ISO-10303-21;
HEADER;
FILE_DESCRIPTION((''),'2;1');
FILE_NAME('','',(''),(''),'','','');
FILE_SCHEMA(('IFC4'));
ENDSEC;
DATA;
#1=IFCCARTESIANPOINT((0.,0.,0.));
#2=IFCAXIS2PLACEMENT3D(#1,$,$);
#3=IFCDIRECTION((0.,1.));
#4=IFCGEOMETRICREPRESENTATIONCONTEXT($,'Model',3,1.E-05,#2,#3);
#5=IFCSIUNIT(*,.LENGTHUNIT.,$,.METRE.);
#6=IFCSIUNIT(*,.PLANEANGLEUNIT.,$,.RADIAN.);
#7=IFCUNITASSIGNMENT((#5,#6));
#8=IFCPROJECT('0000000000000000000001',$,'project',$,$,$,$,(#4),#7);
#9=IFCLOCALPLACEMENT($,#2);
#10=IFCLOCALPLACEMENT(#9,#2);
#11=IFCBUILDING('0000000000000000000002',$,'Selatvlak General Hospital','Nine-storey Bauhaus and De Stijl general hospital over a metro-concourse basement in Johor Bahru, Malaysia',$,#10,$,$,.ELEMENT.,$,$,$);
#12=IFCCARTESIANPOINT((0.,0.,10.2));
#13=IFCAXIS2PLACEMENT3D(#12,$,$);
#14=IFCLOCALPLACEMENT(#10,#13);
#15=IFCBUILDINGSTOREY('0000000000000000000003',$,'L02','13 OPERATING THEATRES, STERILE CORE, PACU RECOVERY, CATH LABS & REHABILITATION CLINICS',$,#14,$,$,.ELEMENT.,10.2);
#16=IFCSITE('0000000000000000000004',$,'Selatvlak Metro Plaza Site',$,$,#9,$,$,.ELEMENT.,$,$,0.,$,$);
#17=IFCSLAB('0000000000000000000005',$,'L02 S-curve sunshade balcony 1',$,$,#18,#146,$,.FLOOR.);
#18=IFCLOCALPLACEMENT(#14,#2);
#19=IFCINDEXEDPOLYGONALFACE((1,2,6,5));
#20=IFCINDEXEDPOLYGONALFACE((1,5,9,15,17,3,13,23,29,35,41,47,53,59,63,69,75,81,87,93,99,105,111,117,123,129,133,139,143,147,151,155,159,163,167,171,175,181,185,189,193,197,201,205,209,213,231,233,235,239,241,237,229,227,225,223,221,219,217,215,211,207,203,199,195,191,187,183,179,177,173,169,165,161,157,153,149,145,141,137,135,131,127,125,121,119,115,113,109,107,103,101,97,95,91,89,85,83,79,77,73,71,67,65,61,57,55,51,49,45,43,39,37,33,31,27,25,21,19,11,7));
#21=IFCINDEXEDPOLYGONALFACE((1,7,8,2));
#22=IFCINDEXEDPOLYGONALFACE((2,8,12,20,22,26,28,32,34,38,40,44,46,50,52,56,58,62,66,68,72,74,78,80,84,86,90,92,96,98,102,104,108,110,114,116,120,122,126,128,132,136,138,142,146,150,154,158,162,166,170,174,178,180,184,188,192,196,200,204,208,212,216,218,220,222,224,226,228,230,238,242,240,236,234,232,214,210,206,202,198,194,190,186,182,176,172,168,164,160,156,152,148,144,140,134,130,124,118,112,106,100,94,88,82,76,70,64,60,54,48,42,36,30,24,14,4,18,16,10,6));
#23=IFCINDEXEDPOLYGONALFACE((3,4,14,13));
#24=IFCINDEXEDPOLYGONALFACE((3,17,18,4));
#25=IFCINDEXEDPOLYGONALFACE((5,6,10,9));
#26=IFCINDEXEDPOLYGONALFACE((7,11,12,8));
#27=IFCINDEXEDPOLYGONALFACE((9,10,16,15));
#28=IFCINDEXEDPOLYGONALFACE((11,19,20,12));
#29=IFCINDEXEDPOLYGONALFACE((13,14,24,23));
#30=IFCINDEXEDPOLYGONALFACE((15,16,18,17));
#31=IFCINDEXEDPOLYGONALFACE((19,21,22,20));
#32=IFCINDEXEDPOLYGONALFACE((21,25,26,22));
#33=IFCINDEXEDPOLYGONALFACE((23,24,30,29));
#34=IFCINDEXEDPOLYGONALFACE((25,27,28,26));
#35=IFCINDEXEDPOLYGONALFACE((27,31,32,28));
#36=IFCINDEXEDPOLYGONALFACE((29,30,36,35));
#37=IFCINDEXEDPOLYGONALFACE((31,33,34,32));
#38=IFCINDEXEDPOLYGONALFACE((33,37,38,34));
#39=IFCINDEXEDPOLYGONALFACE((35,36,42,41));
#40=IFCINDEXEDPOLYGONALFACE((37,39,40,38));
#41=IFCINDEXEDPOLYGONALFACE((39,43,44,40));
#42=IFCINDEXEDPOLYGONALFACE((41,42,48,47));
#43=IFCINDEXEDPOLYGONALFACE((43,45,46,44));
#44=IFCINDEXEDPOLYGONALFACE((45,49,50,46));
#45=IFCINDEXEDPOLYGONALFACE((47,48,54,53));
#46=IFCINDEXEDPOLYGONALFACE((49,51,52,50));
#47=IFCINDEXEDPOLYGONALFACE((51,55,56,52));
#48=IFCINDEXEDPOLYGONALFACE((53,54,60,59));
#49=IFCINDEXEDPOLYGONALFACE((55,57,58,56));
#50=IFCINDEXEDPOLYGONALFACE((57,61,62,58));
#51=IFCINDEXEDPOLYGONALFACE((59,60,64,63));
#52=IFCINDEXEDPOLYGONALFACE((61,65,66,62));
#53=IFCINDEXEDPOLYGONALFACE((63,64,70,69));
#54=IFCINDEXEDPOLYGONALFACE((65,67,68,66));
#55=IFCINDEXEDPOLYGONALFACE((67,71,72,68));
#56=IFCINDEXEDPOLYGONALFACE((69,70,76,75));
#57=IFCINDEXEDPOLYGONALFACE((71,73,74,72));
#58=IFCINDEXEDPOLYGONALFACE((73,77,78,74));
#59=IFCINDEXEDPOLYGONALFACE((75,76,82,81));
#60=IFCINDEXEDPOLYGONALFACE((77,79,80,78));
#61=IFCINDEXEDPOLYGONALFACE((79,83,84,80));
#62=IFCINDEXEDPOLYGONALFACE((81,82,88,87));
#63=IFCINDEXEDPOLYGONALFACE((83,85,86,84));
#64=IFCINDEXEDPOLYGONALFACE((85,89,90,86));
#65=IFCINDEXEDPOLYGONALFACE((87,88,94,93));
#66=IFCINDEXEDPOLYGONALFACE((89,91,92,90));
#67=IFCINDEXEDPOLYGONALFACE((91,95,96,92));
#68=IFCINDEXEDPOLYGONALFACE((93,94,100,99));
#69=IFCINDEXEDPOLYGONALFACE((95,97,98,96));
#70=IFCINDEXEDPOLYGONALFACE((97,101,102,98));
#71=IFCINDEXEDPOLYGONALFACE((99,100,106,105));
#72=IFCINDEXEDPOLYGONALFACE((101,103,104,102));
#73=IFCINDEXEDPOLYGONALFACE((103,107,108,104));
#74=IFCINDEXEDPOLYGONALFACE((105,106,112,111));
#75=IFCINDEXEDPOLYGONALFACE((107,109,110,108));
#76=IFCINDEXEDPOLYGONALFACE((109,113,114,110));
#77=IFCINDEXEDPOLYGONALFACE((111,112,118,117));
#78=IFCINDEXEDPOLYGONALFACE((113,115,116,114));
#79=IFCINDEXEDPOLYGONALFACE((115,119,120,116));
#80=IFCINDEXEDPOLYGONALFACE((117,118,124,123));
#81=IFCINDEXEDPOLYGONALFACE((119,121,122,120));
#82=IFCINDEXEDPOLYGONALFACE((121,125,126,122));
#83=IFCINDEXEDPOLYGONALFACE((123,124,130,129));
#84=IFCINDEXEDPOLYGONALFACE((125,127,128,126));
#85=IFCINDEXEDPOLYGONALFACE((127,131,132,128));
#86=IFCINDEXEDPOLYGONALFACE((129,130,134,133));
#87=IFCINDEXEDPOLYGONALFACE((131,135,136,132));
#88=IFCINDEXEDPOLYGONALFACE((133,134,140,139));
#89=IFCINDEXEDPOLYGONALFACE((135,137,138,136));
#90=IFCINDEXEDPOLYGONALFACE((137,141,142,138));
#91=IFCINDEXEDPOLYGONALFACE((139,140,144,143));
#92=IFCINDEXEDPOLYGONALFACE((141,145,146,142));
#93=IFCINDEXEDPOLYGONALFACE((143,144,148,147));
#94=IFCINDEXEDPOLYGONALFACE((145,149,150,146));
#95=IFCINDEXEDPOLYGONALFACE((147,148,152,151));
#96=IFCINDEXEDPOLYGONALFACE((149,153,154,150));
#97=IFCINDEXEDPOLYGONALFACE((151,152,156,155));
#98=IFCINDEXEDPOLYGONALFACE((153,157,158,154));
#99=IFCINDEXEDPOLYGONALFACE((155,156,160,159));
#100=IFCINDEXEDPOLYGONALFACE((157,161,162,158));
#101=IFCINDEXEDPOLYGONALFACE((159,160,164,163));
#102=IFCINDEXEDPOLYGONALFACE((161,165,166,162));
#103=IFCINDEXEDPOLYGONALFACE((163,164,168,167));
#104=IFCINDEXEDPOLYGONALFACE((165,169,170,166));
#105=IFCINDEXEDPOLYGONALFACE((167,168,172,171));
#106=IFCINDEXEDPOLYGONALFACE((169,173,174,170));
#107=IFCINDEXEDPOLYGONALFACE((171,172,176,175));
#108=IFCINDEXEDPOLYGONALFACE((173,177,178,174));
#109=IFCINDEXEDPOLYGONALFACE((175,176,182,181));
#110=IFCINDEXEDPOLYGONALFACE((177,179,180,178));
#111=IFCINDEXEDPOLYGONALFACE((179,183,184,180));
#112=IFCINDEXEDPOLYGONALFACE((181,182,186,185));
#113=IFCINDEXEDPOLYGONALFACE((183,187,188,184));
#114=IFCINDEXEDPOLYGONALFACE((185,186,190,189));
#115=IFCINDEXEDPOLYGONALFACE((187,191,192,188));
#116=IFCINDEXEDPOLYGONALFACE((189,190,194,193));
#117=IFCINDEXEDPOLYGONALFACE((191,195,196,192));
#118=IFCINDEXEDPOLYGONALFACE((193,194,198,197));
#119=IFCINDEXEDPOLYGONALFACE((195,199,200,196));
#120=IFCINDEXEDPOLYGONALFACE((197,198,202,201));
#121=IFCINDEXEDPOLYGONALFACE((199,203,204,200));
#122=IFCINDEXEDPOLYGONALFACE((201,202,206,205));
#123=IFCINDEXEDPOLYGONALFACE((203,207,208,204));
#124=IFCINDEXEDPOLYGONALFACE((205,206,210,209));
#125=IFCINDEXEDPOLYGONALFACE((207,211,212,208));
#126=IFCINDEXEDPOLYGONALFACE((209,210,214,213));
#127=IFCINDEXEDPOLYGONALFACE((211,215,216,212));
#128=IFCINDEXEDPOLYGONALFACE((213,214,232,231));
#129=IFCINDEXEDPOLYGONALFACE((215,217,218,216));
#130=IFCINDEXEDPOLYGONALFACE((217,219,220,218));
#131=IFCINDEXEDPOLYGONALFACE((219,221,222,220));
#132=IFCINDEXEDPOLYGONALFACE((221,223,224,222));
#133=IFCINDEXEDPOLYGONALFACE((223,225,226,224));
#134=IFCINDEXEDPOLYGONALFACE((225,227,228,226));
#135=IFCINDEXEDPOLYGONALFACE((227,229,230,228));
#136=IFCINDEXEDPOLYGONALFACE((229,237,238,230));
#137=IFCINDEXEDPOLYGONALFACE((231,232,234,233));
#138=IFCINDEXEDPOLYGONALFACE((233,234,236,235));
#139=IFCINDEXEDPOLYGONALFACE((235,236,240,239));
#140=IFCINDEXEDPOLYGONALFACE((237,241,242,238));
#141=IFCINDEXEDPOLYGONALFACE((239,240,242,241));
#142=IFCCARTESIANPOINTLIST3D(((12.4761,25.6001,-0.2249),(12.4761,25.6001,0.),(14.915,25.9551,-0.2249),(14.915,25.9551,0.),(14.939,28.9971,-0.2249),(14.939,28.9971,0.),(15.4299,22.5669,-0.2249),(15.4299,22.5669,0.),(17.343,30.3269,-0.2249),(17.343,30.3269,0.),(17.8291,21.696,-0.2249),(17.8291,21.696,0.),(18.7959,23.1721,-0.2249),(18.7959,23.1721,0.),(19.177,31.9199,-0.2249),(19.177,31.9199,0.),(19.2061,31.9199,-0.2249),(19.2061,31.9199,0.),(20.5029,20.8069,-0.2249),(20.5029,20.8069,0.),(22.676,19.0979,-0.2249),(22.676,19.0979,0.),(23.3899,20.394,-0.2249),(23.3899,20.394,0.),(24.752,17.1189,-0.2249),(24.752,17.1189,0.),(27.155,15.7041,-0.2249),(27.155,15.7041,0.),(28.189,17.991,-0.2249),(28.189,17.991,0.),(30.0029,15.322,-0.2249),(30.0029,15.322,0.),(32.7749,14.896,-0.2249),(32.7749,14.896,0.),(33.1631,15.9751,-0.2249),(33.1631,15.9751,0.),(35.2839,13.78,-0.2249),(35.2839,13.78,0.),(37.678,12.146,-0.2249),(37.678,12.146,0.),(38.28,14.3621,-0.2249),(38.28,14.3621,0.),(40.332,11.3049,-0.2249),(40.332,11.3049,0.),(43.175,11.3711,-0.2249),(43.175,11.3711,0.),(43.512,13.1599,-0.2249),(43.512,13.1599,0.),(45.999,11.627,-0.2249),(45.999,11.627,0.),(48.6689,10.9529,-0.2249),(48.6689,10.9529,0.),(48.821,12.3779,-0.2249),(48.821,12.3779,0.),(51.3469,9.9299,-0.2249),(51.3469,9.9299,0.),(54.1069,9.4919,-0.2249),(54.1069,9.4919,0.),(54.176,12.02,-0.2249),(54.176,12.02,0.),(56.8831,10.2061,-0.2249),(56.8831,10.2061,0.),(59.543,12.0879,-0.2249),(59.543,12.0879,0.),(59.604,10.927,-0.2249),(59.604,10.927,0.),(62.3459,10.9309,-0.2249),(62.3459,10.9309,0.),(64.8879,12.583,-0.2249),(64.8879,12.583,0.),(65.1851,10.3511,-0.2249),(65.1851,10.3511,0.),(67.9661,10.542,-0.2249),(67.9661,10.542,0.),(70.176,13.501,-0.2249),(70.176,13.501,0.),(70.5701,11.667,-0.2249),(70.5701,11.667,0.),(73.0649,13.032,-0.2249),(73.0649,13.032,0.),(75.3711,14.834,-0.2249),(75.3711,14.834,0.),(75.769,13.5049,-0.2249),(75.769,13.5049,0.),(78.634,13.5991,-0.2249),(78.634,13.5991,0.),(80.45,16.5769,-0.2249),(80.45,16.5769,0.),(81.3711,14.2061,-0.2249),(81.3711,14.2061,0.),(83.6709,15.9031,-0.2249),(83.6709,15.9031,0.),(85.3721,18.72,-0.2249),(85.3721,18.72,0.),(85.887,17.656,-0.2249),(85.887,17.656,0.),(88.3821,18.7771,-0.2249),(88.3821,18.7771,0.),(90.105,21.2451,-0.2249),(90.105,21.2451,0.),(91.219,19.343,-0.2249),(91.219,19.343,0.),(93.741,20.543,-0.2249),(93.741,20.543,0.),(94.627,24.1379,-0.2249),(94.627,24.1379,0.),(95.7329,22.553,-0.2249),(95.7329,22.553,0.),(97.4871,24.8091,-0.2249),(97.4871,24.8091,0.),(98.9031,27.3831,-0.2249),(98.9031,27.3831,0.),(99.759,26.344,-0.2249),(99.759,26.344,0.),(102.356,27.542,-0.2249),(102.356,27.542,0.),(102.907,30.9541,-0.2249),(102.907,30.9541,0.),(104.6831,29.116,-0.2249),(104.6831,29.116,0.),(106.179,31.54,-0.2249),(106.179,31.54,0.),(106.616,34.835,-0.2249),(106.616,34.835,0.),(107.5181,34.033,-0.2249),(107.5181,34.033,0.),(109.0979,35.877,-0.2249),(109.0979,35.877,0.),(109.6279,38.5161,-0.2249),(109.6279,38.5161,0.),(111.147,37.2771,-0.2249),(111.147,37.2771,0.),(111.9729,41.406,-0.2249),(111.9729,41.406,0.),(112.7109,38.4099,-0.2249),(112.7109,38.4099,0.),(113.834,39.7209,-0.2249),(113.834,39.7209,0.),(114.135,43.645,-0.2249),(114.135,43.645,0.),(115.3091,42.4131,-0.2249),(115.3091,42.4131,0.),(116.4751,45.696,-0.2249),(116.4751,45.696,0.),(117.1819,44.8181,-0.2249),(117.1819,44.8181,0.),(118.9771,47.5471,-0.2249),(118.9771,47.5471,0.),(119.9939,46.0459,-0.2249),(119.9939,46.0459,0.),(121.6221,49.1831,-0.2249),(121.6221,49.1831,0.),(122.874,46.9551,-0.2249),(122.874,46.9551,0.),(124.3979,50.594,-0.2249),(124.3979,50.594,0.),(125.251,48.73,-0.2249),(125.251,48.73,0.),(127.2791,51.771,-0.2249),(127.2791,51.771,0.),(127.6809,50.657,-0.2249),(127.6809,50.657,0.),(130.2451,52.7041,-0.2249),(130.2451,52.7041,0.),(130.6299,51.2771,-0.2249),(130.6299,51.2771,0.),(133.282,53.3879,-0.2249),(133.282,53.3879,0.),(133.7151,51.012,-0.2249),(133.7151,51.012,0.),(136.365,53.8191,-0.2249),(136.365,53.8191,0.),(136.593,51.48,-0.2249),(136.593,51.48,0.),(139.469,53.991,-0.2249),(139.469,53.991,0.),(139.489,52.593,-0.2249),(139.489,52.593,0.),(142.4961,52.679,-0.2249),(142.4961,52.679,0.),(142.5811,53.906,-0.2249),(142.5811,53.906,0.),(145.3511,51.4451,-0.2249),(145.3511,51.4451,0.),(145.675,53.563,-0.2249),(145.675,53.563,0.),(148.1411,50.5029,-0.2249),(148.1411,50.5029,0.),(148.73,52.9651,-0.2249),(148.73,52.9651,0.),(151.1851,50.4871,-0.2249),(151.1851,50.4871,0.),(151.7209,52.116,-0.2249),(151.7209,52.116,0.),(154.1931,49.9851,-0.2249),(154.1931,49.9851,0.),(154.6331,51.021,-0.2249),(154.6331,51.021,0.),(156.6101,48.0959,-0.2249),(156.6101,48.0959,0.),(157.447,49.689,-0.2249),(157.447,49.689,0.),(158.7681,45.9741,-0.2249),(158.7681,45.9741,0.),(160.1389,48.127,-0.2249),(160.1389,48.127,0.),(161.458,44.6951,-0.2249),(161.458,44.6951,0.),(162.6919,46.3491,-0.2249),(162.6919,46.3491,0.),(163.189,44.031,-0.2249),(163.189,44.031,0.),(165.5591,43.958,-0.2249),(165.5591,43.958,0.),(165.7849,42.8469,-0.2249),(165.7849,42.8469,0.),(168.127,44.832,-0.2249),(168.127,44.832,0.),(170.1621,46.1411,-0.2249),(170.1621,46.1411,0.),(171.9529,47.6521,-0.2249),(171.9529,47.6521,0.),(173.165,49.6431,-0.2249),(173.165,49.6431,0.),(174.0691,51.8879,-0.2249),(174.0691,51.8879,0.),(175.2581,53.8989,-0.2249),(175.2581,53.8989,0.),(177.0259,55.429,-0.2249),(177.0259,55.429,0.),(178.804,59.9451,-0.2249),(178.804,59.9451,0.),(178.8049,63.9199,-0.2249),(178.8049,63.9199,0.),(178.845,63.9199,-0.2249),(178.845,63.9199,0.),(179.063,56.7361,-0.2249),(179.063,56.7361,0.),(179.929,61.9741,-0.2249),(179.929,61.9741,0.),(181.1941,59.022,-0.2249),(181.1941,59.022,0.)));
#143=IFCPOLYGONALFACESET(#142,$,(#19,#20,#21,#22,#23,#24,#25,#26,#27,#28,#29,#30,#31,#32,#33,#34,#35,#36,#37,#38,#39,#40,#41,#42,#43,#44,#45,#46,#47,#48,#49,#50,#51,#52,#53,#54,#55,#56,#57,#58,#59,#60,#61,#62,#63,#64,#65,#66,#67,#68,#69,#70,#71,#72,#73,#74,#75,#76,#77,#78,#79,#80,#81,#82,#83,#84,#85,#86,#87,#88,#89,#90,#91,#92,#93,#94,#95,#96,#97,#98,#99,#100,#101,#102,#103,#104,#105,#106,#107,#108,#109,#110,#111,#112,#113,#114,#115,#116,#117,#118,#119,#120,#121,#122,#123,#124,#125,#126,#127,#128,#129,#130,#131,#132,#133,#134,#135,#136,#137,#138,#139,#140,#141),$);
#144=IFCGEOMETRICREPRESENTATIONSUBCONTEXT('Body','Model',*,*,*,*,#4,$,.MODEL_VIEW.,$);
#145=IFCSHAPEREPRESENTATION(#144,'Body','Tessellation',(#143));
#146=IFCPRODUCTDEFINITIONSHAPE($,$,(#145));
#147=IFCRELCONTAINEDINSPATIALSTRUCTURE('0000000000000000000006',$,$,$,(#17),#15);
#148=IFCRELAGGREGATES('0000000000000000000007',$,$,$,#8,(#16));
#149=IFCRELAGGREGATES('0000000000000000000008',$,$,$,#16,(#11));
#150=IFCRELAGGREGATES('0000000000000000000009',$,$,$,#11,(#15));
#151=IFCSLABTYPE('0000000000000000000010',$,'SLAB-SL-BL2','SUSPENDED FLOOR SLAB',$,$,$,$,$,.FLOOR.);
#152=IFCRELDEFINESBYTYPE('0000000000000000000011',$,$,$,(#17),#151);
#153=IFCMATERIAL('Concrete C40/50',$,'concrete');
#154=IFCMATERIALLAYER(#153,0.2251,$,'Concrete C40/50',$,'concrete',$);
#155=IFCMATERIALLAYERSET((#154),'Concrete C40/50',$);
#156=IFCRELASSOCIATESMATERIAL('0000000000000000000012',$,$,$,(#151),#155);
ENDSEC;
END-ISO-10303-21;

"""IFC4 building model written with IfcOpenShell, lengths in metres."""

from ifc_helpers import new_model, si_unit, direction, frame, origin, place, context, subcontext, project, spatial, polyline, outline, extrude, material, layer, layer_set, type_object, element, save


model = new_model("IFC4")

# Units and contexts
model_context = context("Model", 3, precision=1e-05, world=origin(), true_north=direction((0.0, 1.0)))
body_context = subcontext(model_context, "Body", "Model", "MODEL_VIEW")
ifc_project = project(units=[si_unit("LENGTHUNIT", "METRE"), si_unit("PLANEANGLEUNIT", "RADIAN")], contexts=[model_context])

# Site, building, storey
site_placement = place(None, origin())
site = spatial("IfcSite", under=ifc_project, at=site_placement, Name="Selatvlak Metro Plaza Site", CompositionType="ELEMENT", RefElevation=0.0)
building_placement = place(site_placement, origin())
building = spatial("IfcBuilding", under=site, at=building_placement, Name="Selatvlak General Hospital", Description="Nine-storey Bauhaus and De Stijl general hospital over a metro-concourse basement in Johor Bahru, Malaysia", CompositionType="ELEMENT")
storey_placement = place(building_placement, frame((0.0, 0.0, 10.2)))
storey = spatial("IfcBuildingStorey", under=building, at=storey_placement, Name="L02", Description="13 OPERATING THEATRES, STERILE CORE, PACU RECOVERY, CATH LABS & REHABILITATION CLINICS", CompositionType="ELEMENT", Elevation=10.2)

# Shared definitions
ifc_material_1 = material(Name="Concrete C40/50", Category="concrete")

# Slab
ifc_layer_1 = layer(ifc_material_1, 0.2251, Name="Concrete C40/50", Category="concrete")
ifc_layer_set_1 = layer_set([ifc_layer_1], Name="Concrete C40/50")
slab_type_1 = type_object("IfcSlabType", Name="SLAB-SL-BL2", Description="SUSPENDED FLOOR SLAB", PredefinedType="FLOOR", material=ifc_layer_set_1)
slab_1_placement = place(storey_placement, frame((0.0, 0.0, -0.2249)))
element("IfcSlab", 1, at=slab_1_placement, inside=storey, type_object=slab_type_1, Name="L02 S-curve sunshade balcony 1", PredefinedType="FLOOR", context=body_context, shape_type="SweptSolid", body=[
    extrude(outline(polyline([(177.0259, 55.429), (175.2581, 53.8989), (174.0691, 51.8879), (173.165, 49.6431), (171.9529, 47.6521), (170.1621, 46.1411), (168.127, 44.832), (165.7849, 42.8469), (163.189, 44.031), (161.458, 44.6951), (158.7681, 45.9741), (156.6101, 48.0959), (154.1931, 49.9851), (151.1851, 50.4871), (148.1411, 50.5029), (145.3511, 51.4451), (142.4961, 52.679), (139.489, 52.593), (136.593, 51.48), (133.7151, 51.012), (130.6299, 51.2771), (127.6809, 50.657), (125.251, 48.73), (122.874, 46.9551), (119.9939, 46.0459), (117.1819, 44.8181), (115.3091, 42.4131), (113.834, 39.7209), (112.7109, 38.4099), (111.147, 37.2771), (109.0979, 35.877), (107.5181, 34.033), (106.179, 31.54), (104.6831, 29.116), (102.356, 27.542), (99.759, 26.344), (97.4871, 24.8091), (95.7329, 22.553), (93.741, 20.543), (91.219, 19.343), (88.3821, 18.7771), (85.887, 17.656), (83.6709, 15.9031), (81.3711, 14.2061), (78.634, 13.5991), (75.769, 13.5049), (73.0649, 13.032), (70.5701, 11.667), (67.9661, 10.542), (65.1851, 10.3511), (62.3459, 10.9309), (59.604, 10.927), (56.8831, 10.2061), (54.1069, 9.4919), (51.3469, 9.9299), (48.6689, 10.9529), (45.999, 11.627), (43.175, 11.3711), (40.332, 11.3049), (37.678, 12.146), (35.2839, 13.78), (32.7749, 14.896), (30.0029, 15.322), (27.155, 15.7041), (24.752, 17.1189), (22.676, 19.0979), (20.5029, 20.8069), (17.8291, 21.696), (15.4299, 22.5669), (12.4761, 25.6001), (14.939, 28.9971), (17.343, 30.3269), (19.177, 31.9199), (19.2061, 31.9199), (14.915, 25.9551), (18.7959, 23.1721), (23.3899, 20.394), (28.189, 17.991), (33.1631, 15.9751), (38.28, 14.3621), (43.512, 13.1599), (48.821, 12.3779), (54.176, 12.02), (59.543, 12.0879), (64.8879, 12.583), (70.176, 13.501), (75.3711, 14.834), (80.45, 16.5769), (85.3721, 18.72), (90.105, 21.2451), (94.627, 24.1379), (98.9031, 27.3831), (102.907, 30.9541), (106.616, 34.835), (109.6279, 38.5161), (111.9729, 41.406), (114.135, 43.645), (116.4751, 45.696), (118.9771, 47.5471), (121.6221, 49.1831), (124.3979, 50.594), (127.2791, 51.771), (130.2451, 52.7041), (133.282, 53.3879), (136.365, 53.8191), (139.469, 53.991), (142.5811, 53.906), (145.675, 53.563), (148.73, 52.9651), (151.7209, 52.116), (154.6331, 51.021), (157.447, 49.689), (160.1389, 48.127), (162.6919, 46.3491), (165.5591, 43.958), (178.804, 59.9451), (178.8049, 63.9199), (178.845, 63.9199), (179.929, 61.9741), (181.1941, 59.022), (179.063, 56.7361), (177.0259, 55.429)])), origin(), (0.0, 0.0, 1.0), 0.2249),
])

save(model, "model.ifc")
